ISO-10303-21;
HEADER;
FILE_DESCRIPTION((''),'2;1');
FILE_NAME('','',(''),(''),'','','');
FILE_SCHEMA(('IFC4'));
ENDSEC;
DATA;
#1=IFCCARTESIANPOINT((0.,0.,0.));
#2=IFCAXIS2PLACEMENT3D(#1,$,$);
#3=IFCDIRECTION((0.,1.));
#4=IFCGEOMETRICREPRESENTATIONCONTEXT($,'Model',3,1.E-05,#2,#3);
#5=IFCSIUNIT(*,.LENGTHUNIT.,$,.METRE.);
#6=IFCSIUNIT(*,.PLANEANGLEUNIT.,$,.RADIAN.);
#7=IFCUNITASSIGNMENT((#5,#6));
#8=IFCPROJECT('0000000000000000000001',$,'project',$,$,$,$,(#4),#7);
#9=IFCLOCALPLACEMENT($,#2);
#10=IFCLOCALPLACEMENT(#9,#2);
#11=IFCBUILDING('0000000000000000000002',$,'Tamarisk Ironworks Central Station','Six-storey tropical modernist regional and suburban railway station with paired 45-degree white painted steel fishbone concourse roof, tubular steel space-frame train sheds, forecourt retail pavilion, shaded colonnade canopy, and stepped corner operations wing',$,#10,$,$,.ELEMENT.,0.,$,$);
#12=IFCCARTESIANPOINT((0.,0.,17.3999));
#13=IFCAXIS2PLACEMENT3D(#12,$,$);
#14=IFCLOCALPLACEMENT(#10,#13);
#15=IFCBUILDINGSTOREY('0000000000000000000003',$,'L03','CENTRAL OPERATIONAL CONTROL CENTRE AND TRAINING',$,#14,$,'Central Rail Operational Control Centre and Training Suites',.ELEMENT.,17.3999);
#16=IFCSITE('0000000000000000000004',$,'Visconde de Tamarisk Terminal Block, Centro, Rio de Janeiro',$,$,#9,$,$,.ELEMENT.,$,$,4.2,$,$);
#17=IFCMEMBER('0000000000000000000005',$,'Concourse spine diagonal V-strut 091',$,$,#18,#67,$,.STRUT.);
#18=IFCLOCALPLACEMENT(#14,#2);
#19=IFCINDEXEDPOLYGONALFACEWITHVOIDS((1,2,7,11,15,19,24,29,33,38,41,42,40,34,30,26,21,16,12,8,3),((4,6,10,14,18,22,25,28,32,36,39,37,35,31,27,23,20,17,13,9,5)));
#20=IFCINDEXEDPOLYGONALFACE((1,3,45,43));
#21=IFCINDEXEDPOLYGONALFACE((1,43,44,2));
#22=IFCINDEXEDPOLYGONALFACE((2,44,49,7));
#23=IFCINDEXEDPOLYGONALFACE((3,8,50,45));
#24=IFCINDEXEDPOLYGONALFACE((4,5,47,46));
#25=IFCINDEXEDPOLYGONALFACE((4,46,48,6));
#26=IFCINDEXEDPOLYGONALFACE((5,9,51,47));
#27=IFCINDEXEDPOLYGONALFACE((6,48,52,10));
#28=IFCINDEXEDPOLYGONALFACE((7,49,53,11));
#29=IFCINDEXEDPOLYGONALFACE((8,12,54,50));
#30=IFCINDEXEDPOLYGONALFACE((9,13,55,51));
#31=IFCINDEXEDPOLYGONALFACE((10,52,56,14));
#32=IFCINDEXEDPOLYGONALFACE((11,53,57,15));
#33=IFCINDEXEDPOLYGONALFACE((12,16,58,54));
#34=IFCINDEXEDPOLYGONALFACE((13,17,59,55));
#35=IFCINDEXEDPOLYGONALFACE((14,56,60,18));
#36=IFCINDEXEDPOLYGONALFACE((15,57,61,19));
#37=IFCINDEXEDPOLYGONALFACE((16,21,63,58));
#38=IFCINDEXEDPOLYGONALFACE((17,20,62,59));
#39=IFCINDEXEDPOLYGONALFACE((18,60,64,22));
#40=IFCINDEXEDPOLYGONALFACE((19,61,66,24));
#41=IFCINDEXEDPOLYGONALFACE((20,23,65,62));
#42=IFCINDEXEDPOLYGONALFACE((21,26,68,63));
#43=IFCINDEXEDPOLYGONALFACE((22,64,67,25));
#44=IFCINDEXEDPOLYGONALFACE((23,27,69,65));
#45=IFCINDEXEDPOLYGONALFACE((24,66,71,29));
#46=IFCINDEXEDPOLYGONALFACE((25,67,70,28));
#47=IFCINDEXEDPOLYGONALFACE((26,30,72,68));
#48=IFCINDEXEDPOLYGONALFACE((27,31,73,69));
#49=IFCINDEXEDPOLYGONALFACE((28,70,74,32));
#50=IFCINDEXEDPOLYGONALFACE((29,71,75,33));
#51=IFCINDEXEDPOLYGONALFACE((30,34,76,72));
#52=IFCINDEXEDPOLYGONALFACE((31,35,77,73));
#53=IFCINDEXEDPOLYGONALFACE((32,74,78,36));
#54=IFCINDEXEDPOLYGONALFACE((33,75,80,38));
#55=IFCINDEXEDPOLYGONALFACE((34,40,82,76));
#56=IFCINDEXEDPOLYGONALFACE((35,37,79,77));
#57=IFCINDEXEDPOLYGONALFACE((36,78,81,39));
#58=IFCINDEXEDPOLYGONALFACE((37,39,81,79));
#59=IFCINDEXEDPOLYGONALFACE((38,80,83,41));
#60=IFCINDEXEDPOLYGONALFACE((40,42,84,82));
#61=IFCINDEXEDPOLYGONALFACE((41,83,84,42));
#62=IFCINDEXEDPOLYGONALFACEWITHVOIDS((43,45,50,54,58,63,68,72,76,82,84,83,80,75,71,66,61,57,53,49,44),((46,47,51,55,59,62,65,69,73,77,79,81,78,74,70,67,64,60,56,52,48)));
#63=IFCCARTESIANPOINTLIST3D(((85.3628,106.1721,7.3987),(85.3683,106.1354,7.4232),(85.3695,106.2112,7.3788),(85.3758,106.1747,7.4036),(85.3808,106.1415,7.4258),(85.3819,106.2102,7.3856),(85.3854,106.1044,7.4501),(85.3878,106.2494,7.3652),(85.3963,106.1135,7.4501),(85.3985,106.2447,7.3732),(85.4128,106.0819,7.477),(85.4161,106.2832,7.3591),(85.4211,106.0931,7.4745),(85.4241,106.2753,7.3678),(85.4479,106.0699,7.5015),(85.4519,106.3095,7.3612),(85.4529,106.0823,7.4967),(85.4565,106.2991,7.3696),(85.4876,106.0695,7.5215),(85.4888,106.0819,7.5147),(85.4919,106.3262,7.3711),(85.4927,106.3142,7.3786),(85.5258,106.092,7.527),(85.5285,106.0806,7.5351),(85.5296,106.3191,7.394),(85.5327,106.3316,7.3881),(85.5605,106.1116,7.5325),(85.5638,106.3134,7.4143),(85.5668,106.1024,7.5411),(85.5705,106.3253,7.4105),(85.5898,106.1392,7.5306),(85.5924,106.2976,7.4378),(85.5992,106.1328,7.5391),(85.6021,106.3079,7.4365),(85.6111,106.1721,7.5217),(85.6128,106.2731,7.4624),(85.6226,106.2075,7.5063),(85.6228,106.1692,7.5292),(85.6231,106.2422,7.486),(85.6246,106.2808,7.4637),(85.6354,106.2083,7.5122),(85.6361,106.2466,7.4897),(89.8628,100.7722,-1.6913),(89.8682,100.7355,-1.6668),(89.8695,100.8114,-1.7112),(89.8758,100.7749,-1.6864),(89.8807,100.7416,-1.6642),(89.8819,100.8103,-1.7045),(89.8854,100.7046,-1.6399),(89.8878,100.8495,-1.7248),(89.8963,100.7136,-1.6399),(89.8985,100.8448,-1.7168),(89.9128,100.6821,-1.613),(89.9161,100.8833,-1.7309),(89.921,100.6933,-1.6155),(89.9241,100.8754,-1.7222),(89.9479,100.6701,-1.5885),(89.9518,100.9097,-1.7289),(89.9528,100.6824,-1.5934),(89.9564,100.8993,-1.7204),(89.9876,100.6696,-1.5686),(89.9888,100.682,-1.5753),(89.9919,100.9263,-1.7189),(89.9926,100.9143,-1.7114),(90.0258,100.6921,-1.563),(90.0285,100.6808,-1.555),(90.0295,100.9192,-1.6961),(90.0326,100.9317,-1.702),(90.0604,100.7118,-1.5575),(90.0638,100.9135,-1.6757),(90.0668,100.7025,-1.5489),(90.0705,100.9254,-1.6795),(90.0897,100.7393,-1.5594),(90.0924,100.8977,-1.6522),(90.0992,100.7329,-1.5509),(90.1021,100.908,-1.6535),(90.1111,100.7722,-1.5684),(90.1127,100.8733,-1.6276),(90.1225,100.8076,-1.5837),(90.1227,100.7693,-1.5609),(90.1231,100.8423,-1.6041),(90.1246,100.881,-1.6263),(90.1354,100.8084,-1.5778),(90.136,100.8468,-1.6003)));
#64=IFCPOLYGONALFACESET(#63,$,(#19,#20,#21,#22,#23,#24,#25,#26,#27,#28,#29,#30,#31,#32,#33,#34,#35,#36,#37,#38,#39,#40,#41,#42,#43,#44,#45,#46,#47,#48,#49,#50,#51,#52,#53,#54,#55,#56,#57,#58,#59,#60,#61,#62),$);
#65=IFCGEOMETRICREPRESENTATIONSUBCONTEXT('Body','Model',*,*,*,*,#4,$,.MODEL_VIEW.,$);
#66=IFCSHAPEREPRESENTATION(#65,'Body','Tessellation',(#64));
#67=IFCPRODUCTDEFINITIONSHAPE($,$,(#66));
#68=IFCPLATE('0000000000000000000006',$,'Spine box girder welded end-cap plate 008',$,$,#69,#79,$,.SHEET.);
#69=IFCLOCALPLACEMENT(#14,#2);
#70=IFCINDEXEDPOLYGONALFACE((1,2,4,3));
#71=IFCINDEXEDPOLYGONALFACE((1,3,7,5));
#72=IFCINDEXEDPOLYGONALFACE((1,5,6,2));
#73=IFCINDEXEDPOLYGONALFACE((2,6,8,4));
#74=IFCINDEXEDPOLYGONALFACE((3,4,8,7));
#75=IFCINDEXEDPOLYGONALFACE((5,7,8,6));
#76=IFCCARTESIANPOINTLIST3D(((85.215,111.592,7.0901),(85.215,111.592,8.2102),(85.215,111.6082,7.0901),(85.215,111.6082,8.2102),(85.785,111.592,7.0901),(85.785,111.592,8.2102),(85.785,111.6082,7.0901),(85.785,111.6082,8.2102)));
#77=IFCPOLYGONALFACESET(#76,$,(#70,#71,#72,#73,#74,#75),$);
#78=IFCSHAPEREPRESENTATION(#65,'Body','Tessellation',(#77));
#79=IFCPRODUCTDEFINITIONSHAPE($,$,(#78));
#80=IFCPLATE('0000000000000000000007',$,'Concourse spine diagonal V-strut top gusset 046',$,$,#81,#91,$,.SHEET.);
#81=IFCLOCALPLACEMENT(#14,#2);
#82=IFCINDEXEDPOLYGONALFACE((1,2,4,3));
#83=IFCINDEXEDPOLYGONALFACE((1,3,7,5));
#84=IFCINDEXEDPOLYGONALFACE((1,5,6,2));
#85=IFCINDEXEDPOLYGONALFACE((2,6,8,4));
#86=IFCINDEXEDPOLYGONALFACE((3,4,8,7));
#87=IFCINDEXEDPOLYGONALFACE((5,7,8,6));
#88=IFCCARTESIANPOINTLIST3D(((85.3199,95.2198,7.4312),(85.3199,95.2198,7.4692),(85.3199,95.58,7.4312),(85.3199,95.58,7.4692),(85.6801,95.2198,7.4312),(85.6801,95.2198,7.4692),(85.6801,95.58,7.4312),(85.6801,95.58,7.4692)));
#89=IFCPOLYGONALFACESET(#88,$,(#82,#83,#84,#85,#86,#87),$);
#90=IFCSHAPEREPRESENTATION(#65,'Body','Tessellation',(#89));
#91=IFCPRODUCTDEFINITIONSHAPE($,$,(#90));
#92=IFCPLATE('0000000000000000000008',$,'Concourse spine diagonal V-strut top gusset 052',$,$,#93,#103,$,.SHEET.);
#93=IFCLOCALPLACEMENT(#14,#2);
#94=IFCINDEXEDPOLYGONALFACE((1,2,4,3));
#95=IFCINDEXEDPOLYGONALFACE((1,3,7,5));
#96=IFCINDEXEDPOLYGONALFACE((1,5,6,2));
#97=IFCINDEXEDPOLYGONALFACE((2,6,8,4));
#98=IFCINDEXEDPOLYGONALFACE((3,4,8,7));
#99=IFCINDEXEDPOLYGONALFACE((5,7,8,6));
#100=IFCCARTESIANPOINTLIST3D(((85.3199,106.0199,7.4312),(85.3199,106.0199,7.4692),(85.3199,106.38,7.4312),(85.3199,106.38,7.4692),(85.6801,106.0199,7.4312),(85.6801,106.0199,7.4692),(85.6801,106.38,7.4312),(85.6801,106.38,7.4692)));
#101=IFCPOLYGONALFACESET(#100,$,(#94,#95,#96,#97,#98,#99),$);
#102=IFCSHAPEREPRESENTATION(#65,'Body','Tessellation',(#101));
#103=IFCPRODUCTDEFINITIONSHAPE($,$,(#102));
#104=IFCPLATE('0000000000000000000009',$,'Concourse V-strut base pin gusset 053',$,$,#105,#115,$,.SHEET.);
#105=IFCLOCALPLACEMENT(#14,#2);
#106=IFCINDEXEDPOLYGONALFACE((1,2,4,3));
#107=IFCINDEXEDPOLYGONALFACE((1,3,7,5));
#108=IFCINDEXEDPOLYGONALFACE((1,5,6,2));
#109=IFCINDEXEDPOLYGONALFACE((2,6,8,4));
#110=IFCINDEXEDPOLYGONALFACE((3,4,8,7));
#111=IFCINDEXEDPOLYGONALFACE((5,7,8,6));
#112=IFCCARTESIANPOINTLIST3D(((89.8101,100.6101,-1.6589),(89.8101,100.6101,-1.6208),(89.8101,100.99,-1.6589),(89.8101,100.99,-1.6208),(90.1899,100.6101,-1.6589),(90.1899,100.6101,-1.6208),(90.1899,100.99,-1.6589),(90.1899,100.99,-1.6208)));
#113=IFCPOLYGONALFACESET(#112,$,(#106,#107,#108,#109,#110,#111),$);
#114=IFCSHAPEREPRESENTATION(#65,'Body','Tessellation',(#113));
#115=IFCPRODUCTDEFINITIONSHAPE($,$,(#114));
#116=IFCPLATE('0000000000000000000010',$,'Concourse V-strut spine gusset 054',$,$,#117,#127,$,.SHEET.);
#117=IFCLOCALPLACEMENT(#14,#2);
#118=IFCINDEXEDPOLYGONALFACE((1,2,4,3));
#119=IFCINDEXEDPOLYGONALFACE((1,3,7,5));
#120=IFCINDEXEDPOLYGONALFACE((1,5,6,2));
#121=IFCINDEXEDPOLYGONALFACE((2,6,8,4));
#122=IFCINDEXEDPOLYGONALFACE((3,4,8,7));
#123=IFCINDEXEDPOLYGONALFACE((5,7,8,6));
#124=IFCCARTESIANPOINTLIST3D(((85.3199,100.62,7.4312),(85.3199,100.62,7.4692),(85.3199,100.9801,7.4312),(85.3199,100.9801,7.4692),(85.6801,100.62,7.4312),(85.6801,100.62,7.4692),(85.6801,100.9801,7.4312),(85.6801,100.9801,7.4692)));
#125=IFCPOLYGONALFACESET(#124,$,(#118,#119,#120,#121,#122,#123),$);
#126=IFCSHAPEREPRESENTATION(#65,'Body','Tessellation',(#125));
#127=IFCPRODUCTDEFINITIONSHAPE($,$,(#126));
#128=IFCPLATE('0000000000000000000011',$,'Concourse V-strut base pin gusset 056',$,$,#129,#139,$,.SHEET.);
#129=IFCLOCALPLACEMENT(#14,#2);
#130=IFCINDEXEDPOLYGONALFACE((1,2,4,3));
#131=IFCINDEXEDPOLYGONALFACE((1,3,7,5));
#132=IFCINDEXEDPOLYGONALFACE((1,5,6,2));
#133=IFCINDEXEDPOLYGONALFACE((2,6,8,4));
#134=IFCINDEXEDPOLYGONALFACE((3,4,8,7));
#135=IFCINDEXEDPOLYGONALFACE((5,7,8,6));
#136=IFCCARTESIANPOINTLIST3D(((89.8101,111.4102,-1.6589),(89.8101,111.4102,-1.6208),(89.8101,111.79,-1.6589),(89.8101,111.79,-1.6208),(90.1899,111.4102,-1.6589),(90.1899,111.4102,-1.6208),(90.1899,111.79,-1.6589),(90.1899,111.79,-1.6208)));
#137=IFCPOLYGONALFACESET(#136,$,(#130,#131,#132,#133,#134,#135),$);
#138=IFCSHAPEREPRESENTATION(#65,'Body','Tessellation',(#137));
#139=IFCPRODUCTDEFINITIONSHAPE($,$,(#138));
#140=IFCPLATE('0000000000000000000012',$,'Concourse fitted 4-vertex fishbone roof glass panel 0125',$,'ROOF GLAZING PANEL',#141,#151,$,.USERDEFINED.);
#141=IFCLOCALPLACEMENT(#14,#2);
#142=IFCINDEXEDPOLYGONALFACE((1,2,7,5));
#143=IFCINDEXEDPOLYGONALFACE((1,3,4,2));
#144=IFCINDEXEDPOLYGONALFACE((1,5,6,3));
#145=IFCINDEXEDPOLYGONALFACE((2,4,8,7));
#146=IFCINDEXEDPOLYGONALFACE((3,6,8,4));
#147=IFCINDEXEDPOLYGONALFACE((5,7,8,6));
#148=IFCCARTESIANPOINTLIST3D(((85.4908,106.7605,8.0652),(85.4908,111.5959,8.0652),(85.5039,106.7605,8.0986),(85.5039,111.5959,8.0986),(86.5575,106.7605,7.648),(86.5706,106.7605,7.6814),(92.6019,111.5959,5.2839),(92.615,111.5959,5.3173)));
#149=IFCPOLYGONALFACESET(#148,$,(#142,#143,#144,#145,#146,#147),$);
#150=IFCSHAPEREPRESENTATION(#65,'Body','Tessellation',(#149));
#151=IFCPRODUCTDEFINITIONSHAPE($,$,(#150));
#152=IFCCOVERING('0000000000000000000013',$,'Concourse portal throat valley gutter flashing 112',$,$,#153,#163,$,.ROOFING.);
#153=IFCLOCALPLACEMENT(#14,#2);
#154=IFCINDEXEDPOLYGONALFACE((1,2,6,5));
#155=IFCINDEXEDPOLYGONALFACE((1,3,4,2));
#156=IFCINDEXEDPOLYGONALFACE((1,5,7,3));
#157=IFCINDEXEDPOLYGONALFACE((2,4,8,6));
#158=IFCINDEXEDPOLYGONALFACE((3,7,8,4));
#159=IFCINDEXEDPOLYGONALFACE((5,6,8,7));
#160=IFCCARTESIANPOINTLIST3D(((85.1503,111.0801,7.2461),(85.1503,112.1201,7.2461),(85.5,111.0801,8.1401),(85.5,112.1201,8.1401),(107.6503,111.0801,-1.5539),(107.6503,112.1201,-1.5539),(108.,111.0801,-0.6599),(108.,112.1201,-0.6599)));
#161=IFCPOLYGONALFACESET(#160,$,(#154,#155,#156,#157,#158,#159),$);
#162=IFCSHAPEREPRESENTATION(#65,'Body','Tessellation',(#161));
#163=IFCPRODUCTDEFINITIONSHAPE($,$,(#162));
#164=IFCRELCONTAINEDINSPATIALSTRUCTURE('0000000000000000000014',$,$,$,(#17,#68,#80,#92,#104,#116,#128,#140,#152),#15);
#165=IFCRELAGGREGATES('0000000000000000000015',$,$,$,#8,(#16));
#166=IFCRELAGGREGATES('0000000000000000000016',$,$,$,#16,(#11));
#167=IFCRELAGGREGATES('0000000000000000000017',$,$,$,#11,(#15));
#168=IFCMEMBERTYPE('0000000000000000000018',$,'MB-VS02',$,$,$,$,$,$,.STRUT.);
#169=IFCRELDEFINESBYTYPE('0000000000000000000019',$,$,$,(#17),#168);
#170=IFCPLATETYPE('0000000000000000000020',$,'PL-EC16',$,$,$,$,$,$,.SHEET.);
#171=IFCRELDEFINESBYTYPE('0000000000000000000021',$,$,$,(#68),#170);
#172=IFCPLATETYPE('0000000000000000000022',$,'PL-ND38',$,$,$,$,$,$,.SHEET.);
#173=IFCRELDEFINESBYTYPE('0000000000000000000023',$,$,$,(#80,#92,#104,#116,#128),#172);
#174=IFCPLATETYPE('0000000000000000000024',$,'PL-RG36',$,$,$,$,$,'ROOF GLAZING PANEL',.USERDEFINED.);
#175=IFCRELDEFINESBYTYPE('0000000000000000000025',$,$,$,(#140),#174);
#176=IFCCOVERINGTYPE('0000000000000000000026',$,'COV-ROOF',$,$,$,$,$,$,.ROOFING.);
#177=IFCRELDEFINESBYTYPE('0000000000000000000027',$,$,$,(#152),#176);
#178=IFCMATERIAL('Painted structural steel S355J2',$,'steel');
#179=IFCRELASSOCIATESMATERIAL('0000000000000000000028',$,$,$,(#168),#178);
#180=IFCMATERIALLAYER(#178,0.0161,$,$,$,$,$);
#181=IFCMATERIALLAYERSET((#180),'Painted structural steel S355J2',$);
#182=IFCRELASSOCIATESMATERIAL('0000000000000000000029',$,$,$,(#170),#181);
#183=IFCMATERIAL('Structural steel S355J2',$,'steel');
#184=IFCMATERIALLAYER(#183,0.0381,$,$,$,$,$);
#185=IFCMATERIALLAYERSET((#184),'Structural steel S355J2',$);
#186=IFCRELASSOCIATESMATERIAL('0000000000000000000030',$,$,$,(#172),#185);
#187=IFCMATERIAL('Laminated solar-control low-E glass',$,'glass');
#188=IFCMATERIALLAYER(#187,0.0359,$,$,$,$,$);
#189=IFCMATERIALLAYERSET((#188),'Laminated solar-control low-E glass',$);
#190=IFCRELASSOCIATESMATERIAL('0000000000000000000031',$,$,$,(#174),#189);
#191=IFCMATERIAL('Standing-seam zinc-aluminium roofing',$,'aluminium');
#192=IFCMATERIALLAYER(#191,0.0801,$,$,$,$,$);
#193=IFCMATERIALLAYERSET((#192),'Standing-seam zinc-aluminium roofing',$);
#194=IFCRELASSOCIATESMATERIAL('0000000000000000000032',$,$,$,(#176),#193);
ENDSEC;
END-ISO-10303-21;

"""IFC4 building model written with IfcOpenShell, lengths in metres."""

from ifc_helpers import new_model, si_unit, direction, frame, origin, origin_2d, place, context, subcontext, project, spatial, polyline, rectangle, hollow_circle, outline, extrude, material, layer, layer_set, material_profile, profile_set, type_object, element, save


model = new_model("IFC4")

# Units and contexts
model_context = context("Model", 3, precision=1e-05, world=origin(), true_north=direction((0.0, 1.0)))
body_context = subcontext(model_context, "Body", "Model", "MODEL_VIEW")
ifc_project = project(units=[si_unit("LENGTHUNIT", "METRE"), si_unit("PLANEANGLEUNIT", "RADIAN")], contexts=[model_context])

# Site, building, storey
site_placement = place(None, origin())
site = spatial("IfcSite", under=ifc_project, at=site_placement, Name="Visconde de Tamarisk Terminal Block, Centro, Rio de Janeiro", CompositionType="ELEMENT", RefElevation=4.2)
building_placement = place(site_placement, origin())
building = spatial("IfcBuilding", under=site, at=building_placement, Name="Tamarisk Ironworks Central Station", Description="Six-storey tropical modernist regional and suburban railway station with paired 45-degree white painted steel fishbone concourse roof, tubular steel space-frame train sheds, forecourt retail pavilion, shaded colonnade canopy, and stepped corner operations wing", CompositionType="ELEMENT", ElevationOfRefHeight=0.0)
storey_placement = place(building_placement, frame((0.0, 0.0, 17.3999)))
storey = spatial("IfcBuildingStorey", under=building, at=storey_placement, Name="L03", Description="CENTRAL OPERATIONAL CONTROL CENTRE AND TRAINING", LongName="Central Rail Operational Control Centre and Training Suites", CompositionType="ELEMENT", Elevation=17.3999)

# Shared definitions
ifc_material_1 = material(Name="Structural steel S355J2", Category="steel")

# Shared definitions
ifc_material_2 = material(Name="Painted structural steel S355J2", Category="steel")

# Member
ifc_material_profile_1 = material_profile(ifc_material_2, hollow_circle(Radius=0.1492, WallThickness=0.0142, at=origin_2d()), Name="CHS 298.5x14.2")
ifc_profile_set_1 = profile_set([ifc_material_profile_1], Name="Painted structural steel S355J2")
member_type_1 = type_object("IfcMemberType", Name="MB-VS02", PredefinedType="STRUT", material=ifc_profile_set_1)
member_placement = place(storey_placement, frame((90.0, 100.8, -1.6399), z_axis=(-0.391617, 0.469932, 0.791075), x_axis=(-0.768216, -0.640191, 0.0)))
element("IfcMember", 1, at=member_placement, inside=storey, type_object=member_type_1, Name="Concourse spine diagonal V-strut 091", PredefinedType="STRUT", context=body_context, shape_type="SweptSolid", body=[
    extrude(hollow_circle(Radius=0.1492, WallThickness=0.0142, at=origin_2d()), origin(), (0.0, 0.0, 1.0), 11.4907),
])

# Plates
ifc_layer_1 = layer(ifc_material_2, 0.0161)
ifc_layer_set_1 = layer_set([ifc_layer_1], Name="Painted structural steel S355J2")
plate_type_1 = type_object("IfcPlateType", Name="PL-EC16", PredefinedType="SHEET", material=ifc_layer_set_1)
plate_1_placement = place(storey_placement, frame((85.5, 111.6001, 7.0901), z_axis=(0.0, 0.0, 1.0), x_axis=(1.0, 0.0, 0.0)))
element("IfcPlate", 2, at=plate_1_placement, inside=storey, type_object=plate_type_1, Name="Spine box girder welded end-cap plate 008", PredefinedType="SHEET", context=body_context, shape_type="SweptSolid", body=[
    extrude(rectangle(XDim=0.5701, YDim=0.0161, at=origin_2d()), origin(), (0.0, 0.0, 1.0), 1.1201),
])
ifc_layer_2 = layer(ifc_material_1, 0.0381)
ifc_layer_set_2 = layer_set([ifc_layer_2], Name="Structural steel S355J2")
plate_type_2 = type_object("IfcPlateType", Name="PL-ND38", PredefinedType="SHEET", material=ifc_layer_set_2)
for number, where, z_axis, x_axis, name in (
    (3, (85.5, 95.3999, 7.4312), (0.0, 0.0, 1.0), (1.0, 0.0, 0.0), "Concourse spine diagonal V-strut top gusset 046"),
    (4, (85.5, 106.2, 7.4312), (0.0, 0.0, 1.0), (1.0, 0.0, 0.0), "Concourse spine diagonal V-strut top gusset 052"),
):
    element("IfcPlate", number, at=place(storey_placement, frame(where, z_axis=z_axis, x_axis=x_axis)), inside=storey, type_object=plate_type_2, Name=name, PredefinedType="SHEET", context=body_context, shape_type="SweptSolid", body=[
        extrude(rectangle(XDim=0.3601, YDim=0.3601, at=origin_2d()), origin(), (0.0, 0.0, 1.0), 0.0381),
    ])
plate_2_placement = place(storey_placement, frame((90.0, 100.8, -1.6589), z_axis=(0.0, 0.0, 1.0), x_axis=(1.0, 0.0, 0.0)))
element("IfcPlate", 5, at=plate_2_placement, inside=storey, type_object=plate_type_2, Name="Concourse V-strut base pin gusset 053", PredefinedType="SHEET", context=body_context, shape_type="SweptSolid", body=[
    extrude(rectangle(XDim=0.3799, YDim=0.3799, at=origin_2d()), origin(), (0.0, 0.0, 1.0), 0.0381),
])
plate_3_placement = place(storey_placement, frame((85.5, 100.8, 7.4312), z_axis=(0.0, 0.0, 1.0), x_axis=(1.0, 0.0, 0.0)))
element("IfcPlate", 6, at=plate_3_placement, inside=storey, type_object=plate_type_2, Name="Concourse V-strut spine gusset 054", PredefinedType="SHEET", context=body_context, shape_type="SweptSolid", body=[
    extrude(rectangle(XDim=0.3601, YDim=0.3601, at=origin_2d()), origin(), (0.0, 0.0, 1.0), 0.0381),
])
plate_4_placement = place(storey_placement, frame((90.0, 111.6001, -1.6589), z_axis=(0.0, 0.0, 1.0), x_axis=(1.0, 0.0, 0.0)))
element("IfcPlate", 7, at=plate_4_placement, inside=storey, type_object=plate_type_2, Name="Concourse V-strut base pin gusset 056", PredefinedType="SHEET", context=body_context, shape_type="SweptSolid", body=[
    extrude(rectangle(XDim=0.3799, YDim=0.3799, at=origin_2d()), origin(), (0.0, 0.0, 1.0), 0.0381),
])
ifc_material_3 = material(Name="Laminated solar-control low-E glass", Category="glass")
ifc_layer_3 = layer(ifc_material_3, 0.0359)
ifc_layer_set_3 = layer_set([ifc_layer_3], Name="Laminated solar-control low-E glass")
plate_type_3 = type_object("IfcPlateType", Name="PL-RG36", ElementType="ROOF GLAZING PANEL", PredefinedType="USERDEFINED", material=ifc_layer_set_3)
plate_5_placement = place(storey_placement, frame((86.5706, 106.7605, 7.6814), z_axis=(0.364252, -0.000009, 0.931301), x_axis=(0.74682, 0.597446, -0.292092)))
element("IfcPlate", 8, at=plate_5_placement, inside=storey, type_object=plate_type_3, Name="Concourse fitted 4-vertex fishbone roof glass panel 0125", ObjectType="ROOF GLAZING PANEL", PredefinedType="USERDEFINED", context=body_context, shape_type="SweptSolid", body=[
    extrude(outline(polyline([(0.0, 0.0), (8.0935, 0.0), (1.9705, 4.5619), (-0.9185, 0.6843), (0.0, 0.0)])), origin(), (0.0, 0.0, -1.0), 0.0359),
])

# Covering
ifc_material_4 = material(Name="Standing-seam zinc-aluminium roofing", Category="aluminium")
ifc_layer_4 = layer(ifc_material_4, 0.0801)
ifc_layer_set_4 = layer_set([ifc_layer_4], Name="Standing-seam zinc-aluminium roofing")
covering_type = type_object("IfcCoveringType", Name="COV-ROOF", PredefinedType="ROOFING", material=ifc_layer_set_4)
covering_placement = place(storey_placement, frame((85.5, 111.0801, 8.1401), z_axis=(0.364245, 0.0, 0.931303), x_axis=(0.931303, 0.0, -0.364245)))
element("IfcCovering", 9, at=covering_placement, inside=storey, type_object=covering_type, Name="Concourse portal throat valley gutter flashing 112", PredefinedType="ROOFING", context=body_context, shape_type="SweptSolid", body=[
    extrude(outline(polyline([(0.0, 0.0), (24.1597, 0.0), (24.1597, 1.04), (0.0, 1.04), (0.0, 0.0)])), origin(), (0.0, 0.0, -1.0), 0.96),
])

save(model, "model.ifc")
